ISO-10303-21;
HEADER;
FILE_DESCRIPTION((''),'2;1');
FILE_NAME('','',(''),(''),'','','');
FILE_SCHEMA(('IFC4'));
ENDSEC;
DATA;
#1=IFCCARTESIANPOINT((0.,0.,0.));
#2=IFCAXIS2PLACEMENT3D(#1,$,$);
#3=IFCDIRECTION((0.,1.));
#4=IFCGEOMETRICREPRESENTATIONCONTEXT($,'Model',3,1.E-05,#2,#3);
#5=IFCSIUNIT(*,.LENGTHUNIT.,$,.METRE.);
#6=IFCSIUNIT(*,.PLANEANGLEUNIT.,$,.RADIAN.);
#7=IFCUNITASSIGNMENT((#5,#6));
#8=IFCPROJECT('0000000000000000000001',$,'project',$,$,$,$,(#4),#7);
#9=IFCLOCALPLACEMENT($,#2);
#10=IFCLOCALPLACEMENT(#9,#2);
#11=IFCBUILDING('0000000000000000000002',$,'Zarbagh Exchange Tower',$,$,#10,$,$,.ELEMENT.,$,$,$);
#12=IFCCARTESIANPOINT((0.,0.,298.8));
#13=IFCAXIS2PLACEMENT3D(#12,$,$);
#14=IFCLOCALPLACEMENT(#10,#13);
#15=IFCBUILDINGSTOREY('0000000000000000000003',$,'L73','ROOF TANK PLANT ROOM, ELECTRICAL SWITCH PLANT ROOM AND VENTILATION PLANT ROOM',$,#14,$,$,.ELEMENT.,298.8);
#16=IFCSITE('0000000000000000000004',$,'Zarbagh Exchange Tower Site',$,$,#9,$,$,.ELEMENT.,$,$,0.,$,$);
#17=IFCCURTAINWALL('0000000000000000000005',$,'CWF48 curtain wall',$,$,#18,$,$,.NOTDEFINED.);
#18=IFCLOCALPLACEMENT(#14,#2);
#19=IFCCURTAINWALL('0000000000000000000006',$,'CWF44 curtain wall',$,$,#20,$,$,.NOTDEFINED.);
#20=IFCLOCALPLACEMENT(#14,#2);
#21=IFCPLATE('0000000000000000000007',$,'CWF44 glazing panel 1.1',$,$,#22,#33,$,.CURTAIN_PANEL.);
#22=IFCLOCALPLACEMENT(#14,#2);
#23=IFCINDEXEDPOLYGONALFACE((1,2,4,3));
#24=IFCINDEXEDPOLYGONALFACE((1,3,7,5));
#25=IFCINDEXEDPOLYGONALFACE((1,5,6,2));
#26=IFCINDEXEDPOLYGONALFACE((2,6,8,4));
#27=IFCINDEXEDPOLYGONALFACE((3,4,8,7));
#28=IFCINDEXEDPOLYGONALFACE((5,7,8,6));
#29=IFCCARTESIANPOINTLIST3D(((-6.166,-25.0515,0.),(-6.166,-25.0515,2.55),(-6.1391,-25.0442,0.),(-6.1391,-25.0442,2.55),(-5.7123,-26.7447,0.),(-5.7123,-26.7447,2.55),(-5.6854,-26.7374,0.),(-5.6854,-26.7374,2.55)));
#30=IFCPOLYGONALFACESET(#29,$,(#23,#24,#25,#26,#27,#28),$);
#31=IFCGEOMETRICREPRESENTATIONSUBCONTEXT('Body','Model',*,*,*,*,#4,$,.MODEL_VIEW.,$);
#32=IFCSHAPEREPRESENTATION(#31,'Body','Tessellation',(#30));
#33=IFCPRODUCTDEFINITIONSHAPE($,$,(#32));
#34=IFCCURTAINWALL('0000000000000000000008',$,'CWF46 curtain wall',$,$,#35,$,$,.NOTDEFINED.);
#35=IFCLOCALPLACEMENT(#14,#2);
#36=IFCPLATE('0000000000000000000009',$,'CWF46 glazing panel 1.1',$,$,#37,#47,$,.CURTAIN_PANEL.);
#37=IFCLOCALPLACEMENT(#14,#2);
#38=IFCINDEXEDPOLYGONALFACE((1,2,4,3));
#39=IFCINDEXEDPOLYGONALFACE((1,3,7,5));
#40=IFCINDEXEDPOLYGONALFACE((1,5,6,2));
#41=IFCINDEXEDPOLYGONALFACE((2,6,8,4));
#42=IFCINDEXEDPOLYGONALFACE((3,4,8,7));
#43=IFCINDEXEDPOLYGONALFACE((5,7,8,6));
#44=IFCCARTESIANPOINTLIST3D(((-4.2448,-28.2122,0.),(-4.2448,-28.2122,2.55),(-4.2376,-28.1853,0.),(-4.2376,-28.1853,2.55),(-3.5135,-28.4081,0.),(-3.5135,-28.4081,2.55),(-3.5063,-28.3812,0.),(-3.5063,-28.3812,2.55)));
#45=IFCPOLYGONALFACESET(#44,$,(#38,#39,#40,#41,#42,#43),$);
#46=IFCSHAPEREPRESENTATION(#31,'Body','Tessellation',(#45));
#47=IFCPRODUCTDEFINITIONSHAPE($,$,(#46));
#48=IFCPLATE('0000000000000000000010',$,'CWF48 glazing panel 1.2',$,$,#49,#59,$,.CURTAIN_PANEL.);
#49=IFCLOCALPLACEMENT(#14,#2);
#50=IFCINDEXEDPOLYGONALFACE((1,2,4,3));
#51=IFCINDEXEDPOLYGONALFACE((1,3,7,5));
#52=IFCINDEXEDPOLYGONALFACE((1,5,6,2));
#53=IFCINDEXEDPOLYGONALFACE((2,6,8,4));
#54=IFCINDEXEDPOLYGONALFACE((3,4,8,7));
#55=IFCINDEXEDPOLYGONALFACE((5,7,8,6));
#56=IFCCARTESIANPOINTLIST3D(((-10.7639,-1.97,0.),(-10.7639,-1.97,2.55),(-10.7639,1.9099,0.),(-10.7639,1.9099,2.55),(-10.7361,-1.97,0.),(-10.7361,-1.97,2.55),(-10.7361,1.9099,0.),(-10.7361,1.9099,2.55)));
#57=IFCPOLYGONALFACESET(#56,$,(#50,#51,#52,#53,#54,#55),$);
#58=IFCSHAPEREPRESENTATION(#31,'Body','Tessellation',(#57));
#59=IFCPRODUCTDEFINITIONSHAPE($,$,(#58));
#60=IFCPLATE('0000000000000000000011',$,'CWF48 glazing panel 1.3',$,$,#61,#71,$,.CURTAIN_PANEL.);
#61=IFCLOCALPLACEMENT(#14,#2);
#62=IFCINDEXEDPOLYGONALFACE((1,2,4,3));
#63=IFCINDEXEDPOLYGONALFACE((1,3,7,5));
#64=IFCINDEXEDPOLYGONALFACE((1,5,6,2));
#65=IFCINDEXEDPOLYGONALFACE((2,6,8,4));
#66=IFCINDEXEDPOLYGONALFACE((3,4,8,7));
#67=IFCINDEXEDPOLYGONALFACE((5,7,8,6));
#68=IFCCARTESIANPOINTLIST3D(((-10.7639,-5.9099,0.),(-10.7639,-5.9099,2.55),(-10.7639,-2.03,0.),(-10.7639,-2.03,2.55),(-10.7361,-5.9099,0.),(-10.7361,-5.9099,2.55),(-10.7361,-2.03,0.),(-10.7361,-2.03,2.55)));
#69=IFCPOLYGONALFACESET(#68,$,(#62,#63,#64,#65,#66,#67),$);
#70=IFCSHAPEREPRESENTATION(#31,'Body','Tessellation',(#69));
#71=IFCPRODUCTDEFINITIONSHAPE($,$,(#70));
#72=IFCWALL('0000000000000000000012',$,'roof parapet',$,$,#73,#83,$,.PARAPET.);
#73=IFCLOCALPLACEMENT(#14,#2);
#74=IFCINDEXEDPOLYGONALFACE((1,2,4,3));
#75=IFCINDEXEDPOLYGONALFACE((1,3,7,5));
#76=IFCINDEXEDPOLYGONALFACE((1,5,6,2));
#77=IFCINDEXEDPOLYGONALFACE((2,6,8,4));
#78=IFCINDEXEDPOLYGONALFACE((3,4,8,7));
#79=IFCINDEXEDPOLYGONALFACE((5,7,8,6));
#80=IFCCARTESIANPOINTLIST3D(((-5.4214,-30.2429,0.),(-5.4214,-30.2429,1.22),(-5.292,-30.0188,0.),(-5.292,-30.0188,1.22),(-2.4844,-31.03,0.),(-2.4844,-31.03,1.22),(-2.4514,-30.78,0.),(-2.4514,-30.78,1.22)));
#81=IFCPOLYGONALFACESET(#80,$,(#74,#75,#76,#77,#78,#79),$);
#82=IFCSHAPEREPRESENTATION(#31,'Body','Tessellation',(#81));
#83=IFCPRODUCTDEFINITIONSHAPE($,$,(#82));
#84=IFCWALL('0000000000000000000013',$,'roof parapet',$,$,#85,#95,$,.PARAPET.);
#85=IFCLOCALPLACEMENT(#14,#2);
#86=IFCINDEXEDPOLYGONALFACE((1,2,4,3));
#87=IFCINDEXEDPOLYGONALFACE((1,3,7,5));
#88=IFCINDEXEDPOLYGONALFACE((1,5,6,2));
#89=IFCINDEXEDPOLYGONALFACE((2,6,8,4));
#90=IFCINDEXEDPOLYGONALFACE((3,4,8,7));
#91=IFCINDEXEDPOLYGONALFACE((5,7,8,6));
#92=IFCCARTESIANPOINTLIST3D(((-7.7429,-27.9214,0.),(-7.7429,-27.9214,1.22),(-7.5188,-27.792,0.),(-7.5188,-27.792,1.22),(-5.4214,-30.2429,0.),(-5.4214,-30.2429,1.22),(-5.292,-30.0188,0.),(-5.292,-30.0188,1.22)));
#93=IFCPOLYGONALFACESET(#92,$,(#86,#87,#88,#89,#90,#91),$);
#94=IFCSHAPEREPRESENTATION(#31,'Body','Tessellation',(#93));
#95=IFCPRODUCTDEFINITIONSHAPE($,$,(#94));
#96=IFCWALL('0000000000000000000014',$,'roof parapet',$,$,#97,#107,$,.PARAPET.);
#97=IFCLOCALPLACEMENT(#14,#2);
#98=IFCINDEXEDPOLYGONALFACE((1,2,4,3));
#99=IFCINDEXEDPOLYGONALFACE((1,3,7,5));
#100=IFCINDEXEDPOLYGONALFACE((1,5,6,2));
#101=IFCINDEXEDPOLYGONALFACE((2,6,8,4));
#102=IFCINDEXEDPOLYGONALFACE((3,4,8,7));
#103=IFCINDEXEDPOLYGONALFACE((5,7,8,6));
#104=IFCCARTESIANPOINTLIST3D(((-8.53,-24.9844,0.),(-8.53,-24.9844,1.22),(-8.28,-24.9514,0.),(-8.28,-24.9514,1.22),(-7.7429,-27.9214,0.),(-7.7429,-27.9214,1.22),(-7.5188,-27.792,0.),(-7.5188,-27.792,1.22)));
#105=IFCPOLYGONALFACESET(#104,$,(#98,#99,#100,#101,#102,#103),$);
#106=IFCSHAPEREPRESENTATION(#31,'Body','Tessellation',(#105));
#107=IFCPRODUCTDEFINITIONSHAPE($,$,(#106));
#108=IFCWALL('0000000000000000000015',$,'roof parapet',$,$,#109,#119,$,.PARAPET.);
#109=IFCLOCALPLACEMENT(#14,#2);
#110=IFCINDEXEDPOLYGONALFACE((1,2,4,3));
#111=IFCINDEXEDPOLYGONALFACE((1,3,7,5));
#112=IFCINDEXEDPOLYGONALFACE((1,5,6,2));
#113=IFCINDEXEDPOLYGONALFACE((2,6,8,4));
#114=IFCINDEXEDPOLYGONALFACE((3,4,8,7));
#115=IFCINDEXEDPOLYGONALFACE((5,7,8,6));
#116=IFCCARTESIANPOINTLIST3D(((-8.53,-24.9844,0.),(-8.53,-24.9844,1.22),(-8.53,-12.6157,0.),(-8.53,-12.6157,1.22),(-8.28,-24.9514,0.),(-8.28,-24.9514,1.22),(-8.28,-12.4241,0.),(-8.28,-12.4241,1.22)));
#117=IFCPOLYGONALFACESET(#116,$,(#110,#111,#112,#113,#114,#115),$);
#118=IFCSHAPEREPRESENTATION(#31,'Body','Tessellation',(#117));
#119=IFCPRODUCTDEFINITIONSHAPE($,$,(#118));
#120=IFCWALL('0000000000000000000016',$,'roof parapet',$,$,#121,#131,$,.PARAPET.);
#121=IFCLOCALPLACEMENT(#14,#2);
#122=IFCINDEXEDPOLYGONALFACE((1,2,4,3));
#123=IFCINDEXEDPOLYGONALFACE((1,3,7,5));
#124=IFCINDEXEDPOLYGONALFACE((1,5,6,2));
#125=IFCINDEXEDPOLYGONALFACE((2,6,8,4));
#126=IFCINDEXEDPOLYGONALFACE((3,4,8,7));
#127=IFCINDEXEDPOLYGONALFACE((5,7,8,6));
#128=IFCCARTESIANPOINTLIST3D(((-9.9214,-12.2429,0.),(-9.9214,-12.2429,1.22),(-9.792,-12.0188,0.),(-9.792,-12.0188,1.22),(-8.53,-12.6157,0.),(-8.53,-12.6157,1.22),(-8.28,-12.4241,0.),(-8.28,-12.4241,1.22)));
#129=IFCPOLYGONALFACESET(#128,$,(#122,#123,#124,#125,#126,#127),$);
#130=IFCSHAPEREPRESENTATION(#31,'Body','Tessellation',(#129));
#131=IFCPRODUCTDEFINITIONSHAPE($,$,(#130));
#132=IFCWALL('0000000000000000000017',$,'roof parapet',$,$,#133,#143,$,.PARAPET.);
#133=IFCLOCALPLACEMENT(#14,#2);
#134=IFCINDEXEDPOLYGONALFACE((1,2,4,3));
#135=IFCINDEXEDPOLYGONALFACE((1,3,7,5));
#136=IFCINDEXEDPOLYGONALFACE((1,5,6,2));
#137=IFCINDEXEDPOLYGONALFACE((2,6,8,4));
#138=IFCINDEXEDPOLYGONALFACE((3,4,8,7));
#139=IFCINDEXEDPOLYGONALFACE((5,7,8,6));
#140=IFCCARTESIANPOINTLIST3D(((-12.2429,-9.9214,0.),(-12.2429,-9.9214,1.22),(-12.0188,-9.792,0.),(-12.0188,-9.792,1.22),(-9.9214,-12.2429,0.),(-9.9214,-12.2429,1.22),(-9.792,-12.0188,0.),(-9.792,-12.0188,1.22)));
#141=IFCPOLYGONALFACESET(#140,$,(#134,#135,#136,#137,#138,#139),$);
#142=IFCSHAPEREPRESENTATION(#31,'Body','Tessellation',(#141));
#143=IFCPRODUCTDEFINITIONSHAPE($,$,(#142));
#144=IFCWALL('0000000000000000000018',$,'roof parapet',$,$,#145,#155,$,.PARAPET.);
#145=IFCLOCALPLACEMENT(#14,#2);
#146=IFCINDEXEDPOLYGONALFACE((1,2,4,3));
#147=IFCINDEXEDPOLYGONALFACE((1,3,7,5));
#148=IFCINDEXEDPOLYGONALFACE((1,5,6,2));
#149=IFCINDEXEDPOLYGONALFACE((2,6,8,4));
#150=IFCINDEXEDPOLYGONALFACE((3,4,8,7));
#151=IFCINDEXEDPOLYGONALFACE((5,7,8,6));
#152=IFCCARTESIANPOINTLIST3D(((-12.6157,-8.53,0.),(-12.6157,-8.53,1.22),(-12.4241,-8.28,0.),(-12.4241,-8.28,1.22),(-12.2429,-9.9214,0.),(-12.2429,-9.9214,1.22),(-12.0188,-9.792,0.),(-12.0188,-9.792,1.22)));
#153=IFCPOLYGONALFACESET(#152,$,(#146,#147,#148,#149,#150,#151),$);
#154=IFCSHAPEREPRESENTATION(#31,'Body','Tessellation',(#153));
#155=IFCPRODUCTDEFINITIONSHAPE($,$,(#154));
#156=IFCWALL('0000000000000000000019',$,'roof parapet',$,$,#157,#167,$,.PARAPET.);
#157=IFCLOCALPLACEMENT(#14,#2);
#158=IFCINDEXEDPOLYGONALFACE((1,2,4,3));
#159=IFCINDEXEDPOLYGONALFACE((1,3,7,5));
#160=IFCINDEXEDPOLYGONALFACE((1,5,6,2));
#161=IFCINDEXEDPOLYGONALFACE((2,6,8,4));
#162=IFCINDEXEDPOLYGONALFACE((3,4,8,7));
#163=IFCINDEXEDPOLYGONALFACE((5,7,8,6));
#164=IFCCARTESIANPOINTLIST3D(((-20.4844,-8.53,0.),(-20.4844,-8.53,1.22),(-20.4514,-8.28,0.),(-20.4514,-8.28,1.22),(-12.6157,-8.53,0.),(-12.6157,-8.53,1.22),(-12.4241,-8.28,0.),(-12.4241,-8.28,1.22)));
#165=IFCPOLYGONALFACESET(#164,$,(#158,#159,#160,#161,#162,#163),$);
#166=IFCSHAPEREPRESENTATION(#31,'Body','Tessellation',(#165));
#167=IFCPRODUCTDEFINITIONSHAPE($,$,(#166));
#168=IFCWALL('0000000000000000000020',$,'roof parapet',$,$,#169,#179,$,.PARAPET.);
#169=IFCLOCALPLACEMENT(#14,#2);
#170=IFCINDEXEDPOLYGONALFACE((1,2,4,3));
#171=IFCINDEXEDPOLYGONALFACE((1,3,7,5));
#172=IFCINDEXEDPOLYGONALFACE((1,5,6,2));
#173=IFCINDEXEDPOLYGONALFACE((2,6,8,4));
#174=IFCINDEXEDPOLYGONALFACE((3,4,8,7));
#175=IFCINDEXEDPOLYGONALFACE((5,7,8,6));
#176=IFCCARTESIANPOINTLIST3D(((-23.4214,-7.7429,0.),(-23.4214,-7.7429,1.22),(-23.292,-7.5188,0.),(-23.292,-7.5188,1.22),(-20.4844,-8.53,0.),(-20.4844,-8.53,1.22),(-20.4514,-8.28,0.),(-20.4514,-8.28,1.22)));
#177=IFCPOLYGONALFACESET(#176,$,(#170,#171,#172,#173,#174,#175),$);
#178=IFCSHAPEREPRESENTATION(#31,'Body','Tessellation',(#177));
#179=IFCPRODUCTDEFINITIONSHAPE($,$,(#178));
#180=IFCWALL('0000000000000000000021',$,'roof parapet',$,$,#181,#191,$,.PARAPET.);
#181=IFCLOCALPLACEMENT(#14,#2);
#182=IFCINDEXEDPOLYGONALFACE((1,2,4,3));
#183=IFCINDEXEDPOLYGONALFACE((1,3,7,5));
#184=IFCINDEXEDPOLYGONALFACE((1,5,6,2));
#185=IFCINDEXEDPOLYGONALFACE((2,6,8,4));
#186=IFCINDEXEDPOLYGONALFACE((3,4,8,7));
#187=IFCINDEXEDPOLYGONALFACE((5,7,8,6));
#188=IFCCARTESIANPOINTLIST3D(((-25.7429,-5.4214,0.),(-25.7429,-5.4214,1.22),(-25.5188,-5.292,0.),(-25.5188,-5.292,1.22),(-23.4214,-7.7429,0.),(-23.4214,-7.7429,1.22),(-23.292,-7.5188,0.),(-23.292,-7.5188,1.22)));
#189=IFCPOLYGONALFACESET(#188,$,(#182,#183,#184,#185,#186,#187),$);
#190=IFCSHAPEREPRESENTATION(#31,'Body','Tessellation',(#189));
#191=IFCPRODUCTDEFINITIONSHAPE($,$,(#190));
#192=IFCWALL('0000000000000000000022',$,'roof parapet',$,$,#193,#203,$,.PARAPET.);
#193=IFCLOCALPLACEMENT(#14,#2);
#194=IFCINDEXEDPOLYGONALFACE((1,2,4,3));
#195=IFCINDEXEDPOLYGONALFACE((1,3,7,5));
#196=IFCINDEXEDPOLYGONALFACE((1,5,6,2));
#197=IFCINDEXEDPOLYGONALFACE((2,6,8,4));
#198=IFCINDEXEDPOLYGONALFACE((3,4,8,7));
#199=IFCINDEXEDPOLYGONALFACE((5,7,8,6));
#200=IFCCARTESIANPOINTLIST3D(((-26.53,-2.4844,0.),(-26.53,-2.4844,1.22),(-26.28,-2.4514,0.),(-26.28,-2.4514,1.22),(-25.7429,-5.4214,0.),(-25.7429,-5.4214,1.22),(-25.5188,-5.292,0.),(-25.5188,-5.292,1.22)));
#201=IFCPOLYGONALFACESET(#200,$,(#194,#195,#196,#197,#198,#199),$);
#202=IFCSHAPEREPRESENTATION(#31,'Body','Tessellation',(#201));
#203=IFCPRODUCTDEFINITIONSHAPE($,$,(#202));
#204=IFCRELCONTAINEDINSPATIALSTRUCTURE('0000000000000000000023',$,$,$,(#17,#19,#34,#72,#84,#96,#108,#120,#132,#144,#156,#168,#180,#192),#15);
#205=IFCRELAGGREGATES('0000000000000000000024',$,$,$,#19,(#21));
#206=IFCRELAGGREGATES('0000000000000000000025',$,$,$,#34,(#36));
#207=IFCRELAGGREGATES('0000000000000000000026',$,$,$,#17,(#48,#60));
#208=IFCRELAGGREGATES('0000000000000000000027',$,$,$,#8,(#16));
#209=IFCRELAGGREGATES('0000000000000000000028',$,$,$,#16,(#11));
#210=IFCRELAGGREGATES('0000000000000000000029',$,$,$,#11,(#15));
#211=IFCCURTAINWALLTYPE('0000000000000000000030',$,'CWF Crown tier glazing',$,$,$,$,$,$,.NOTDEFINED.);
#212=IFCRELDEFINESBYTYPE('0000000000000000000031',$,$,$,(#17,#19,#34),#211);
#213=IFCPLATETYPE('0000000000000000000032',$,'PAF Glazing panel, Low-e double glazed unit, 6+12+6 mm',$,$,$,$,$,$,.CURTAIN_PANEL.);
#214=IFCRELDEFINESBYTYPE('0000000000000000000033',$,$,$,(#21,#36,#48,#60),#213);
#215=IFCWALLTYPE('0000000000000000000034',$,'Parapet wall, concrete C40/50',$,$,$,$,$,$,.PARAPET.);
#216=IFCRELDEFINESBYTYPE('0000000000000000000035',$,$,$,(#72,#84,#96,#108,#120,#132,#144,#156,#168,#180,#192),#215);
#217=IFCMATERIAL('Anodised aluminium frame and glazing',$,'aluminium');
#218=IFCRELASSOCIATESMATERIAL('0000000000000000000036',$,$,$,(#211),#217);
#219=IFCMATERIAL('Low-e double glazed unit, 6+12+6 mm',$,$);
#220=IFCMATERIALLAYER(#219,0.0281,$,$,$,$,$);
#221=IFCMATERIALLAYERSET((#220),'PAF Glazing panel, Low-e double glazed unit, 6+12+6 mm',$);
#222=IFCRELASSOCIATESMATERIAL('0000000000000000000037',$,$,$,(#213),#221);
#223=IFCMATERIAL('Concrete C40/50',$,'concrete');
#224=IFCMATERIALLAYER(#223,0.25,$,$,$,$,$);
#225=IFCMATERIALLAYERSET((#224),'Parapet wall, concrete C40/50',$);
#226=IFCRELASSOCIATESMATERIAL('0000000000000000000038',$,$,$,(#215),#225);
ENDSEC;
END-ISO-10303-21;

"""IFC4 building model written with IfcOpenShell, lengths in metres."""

from ifc_helpers import new_model, si_unit, direction, frame, origin, place, context, subcontext, project, spatial, polyline, outline, extrude, source, transform, mapped, material, layer, layer_set, type_object, element, aggregate, save


model = new_model("IFC4")

# Units and contexts
model_context = context("Model", 3, precision=1e-05, world=origin(), true_north=direction((0.0, 1.0)))
body_context = subcontext(model_context, "Body", "Model", "MODEL_VIEW")
ifc_project = project(units=[si_unit("LENGTHUNIT", "METRE"), si_unit("PLANEANGLEUNIT", "RADIAN")], contexts=[model_context])

# Site, building, storey
site_placement = place(None, origin())
site = spatial("IfcSite", under=ifc_project, at=site_placement, Name="Zarbagh Exchange Tower Site", CompositionType="ELEMENT", RefElevation=0.0)
building_placement = place(site_placement, origin())
building = spatial("IfcBuilding", under=site, at=building_placement, Name="Zarbagh Exchange Tower", CompositionType="ELEMENT")
storey_placement = place(building_placement, frame((0.0, 0.0, 298.8)))
storey = spatial("IfcBuildingStorey", under=building, at=storey_placement, Name="L73", Description="ROOF TANK PLANT ROOM, ELECTRICAL SWITCH PLANT ROOM AND VENTILATION PLANT ROOM", CompositionType="ELEMENT", Elevation=298.8)

# Curtain wall
ifc_material_1 = material(Name="Anodised aluminium frame and glazing", Category="aluminium")
curtain_wall_type = type_object("IfcCurtainWallType", Name="CWF Crown tier glazing", PredefinedType="NOTDEFINED", material=ifc_material_1)
placement = place(storey_placement, origin())
curtain_wall_1_placement = place(storey_placement, origin())
curtain_wall_1 = element("IfcCurtainWall", 1, at=curtain_wall_1_placement, inside=storey, type_object=curtain_wall_type, Name="CWF48 curtain wall", PredefinedType="NOTDEFINED")

# Curtain wall
curtain_wall_2_placement = place(storey_placement, origin())
curtain_wall_2 = element("IfcCurtainWall", 2, at=curtain_wall_2_placement, inside=storey, type_object=curtain_wall_type, Name="CWF44 curtain wall", PredefinedType="NOTDEFINED")

# Shared definitions
ifc_material_2 = material(Name="Low-e double glazed unit, 6+12+6 mm")
ifc_layer_1 = layer(ifc_material_2, 0.0281)
ifc_layer_set_1 = layer_set([ifc_layer_1], Name="PAF Glazing panel, Low-e double glazed unit, 6+12+6 mm")
plate_type = type_object("IfcPlateType", Name="PAF Glazing panel, Low-e double glazed unit, 6+12+6 mm", PredefinedType="CURTAIN_PANEL", material=ifc_layer_set_1)

# Plate
shared_shape_1 = source(origin(), body_context, "Body", "SweptSolid", [
    extrude(outline(polyline([(0.0, -0.0139), (1.7529, -0.0139), (1.7529, 0.0139), (0.0, 0.0139), (0.0, -0.0139)])), origin(), (0.0, 0.0, 1.0), 2.55),
])
plate_1 = element("IfcPlate", 3, at=placement, type_object=plate_type, Name="CWF44 glazing panel 1.1", PredefinedType="CURTAIN_PANEL", context=body_context, shape_type="MappedRepresentation", body=[
    mapped(shared_shape_1, transform((-6.1526, -25.0479, 0.0), x_axis=(0.258825, -0.965924, 0.0), y_axis=(0.965924, 0.258825, 0.0), z_axis=(0.0, 0.0, 1.0))),
])
aggregate(curtain_wall_2, [plate_1])

# Curtain wall, plate
curtain_wall_3_placement = place(storey_placement, origin())
curtain_wall_3 = element("IfcCurtainWall", 4, at=curtain_wall_3_placement, inside=storey, type_object=curtain_wall_type, Name="CWF46 curtain wall", PredefinedType="NOTDEFINED")
shared_shape_2 = source(origin(), body_context, "Body", "SweptSolid", [
    extrude(outline(polyline([(0.0, -0.0139), (0.7571, -0.0139), (0.7571, 0.0139), (0.0, 0.0139), (0.0, -0.0139)])), origin(), (0.0, 0.0, 1.0), 2.55),
])
plate_2 = element("IfcPlate", 5, at=placement, type_object=plate_type, Name="CWF46 glazing panel 1.1", PredefinedType="CURTAIN_PANEL", context=body_context, shape_type="MappedRepresentation", body=[
    mapped(shared_shape_2, transform((-4.2412, -28.1987, 0.0), x_axis=(0.965924, -0.258825, 0.0), y_axis=(0.258825, 0.965924, 0.0), z_axis=(0.0, 0.0, 1.0))),
])
aggregate(curtain_wall_3, [plate_2])

# Plates
shared_shape_3 = source(origin(), body_context, "Body", "SweptSolid", [
    extrude(outline(polyline([(0.0, -0.0139), (3.8799, -0.0139), (3.8799, 0.0139), (0.0, 0.0139), (0.0, -0.0139)])), origin(), (0.0, 0.0, 1.0), 2.55),
])
plate_3 = element("IfcPlate", 6, at=placement, type_object=plate_type, Name="CWF48 glazing panel 1.2", PredefinedType="CURTAIN_PANEL", context=body_context, shape_type="MappedRepresentation", body=[
    mapped(shared_shape_3, transform((-10.75, 1.9099, 0.0), x_axis=(0.0, -1.0, 0.0), y_axis=(1.0, 0.0, 0.0), z_axis=(0.0, 0.0, 1.0))),
])
plate_4 = element("IfcPlate", 7, at=placement, type_object=plate_type, Name="CWF48 glazing panel 1.3", PredefinedType="CURTAIN_PANEL", context=body_context, shape_type="MappedRepresentation", body=[
    mapped(shared_shape_3, transform((-10.75, -2.03, 0.0), x_axis=(0.0, -1.0, 0.0), y_axis=(1.0, 0.0, 0.0), z_axis=(0.0, 0.0, 1.0))),
])
aggregate(curtain_wall_1, [plate_3, plate_4])

# Walls
ifc_material_3 = material(Name="Concrete C40/50", Category="concrete")
ifc_layer_2 = layer(ifc_material_3, 0.25)
ifc_layer_set_2 = layer_set([ifc_layer_2], Name="Parapet wall, concrete C40/50")
wall_type = type_object("IfcWallType", Name="Parapet wall, concrete C40/50", PredefinedType="PARAPET", material=ifc_layer_set_2)
wall_1_placement = place(storey_placement, origin())
element("IfcWall", 8, at=wall_1_placement, inside=storey, type_object=wall_type, Name="roof parapet", PredefinedType="PARAPET", context=body_context, shape_type="SweptSolid", body=[
    extrude(outline(polyline([(-2.4844, -31.03), (-5.4214, -30.2429), (-5.292, -30.0188), (-2.4514, -30.78), (-2.4844, -31.03)])), origin(), (0.0, 0.0, 1.0), 1.22),
])
wall_2_placement = place(storey_placement, origin())
element("IfcWall", 9, at=wall_2_placement, inside=storey, type_object=wall_type, Name="roof parapet", PredefinedType="PARAPET", context=body_context, shape_type="SweptSolid", body=[
    extrude(outline(polyline([(-5.4214, -30.2429), (-7.7429, -27.9214), (-7.5188, -27.792), (-5.292, -30.0188), (-5.4214, -30.2429)])), origin(), (0.0, 0.0, 1.0), 1.22),
])
wall_3_placement = place(storey_placement, origin())
element("IfcWall", 10, at=wall_3_placement, inside=storey, type_object=wall_type, Name="roof parapet", PredefinedType="PARAPET", context=body_context, shape_type="SweptSolid", body=[
    extrude(outline(polyline([(-7.7429, -27.9214), (-8.53, -24.9844), (-8.28, -24.9514), (-7.5188, -27.792), (-7.7429, -27.9214)])), origin(), (0.0, 0.0, 1.0), 1.22),
])
wall_4_placement = place(storey_placement, origin())
element("IfcWall", 11, at=wall_4_placement, inside=storey, type_object=wall_type, Name="roof parapet", PredefinedType="PARAPET", context=body_context, shape_type="SweptSolid", body=[
    extrude(outline(polyline([(-8.53, -24.9844), (-8.53, -12.6157), (-8.28, -12.4241), (-8.28, -24.9514), (-8.53, -24.9844)])), origin(), (0.0, 0.0, 1.0), 1.22),
])
wall_5_placement = place(storey_placement, origin())
element("IfcWall", 12, at=wall_5_placement, inside=storey, type_object=wall_type, Name="roof parapet", PredefinedType="PARAPET", context=body_context, shape_type="SweptSolid", body=[
    extrude(outline(polyline([(-8.53, -12.6157), (-9.9214, -12.2429), (-9.792, -12.0188), (-8.28, -12.4241), (-8.53, -12.6157)])), origin(), (0.0, 0.0, 1.0), 1.22),
])
wall_6_placement = place(storey_placement, origin())
element("IfcWall", 13, at=wall_6_placement, inside=storey, type_object=wall_type, Name="roof parapet", PredefinedType="PARAPET", context=body_context, shape_type="SweptSolid", body=[
    extrude(outline(polyline([(-9.9214, -12.2429), (-12.2429, -9.9214), (-12.0188, -9.792), (-9.792, -12.0188), (-9.9214, -12.2429)])), origin(), (0.0, 0.0, 1.0), 1.22),
])
wall_7_placement = place(storey_placement, origin())
element("IfcWall", 14, at=wall_7_placement, inside=storey, type_object=wall_type, Name="roof parapet", PredefinedType="PARAPET", context=body_context, shape_type="SweptSolid", body=[
    extrude(outline(polyline([(-12.2429, -9.9214), (-12.6157, -8.53), (-12.4241, -8.28), (-12.0188, -9.792), (-12.2429, -9.9214)])), origin(), (0.0, 0.0, 1.0), 1.22),
])
wall_8_placement = place(storey_placement, origin())
element("IfcWall", 15, at=wall_8_placement, inside=storey, type_object=wall_type, Name="roof parapet", PredefinedType="PARAPET", context=body_context, shape_type="SweptSolid", body=[
    extrude(outline(polyline([(-12.6157, -8.53), (-20.4844, -8.53), (-20.4514, -8.28), (-12.4241, -8.28), (-12.6157, -8.53)])), origin(), (0.0, 0.0, 1.0), 1.22),
])
wall_9_placement = place(storey_placement, origin())
element("IfcWall", 16, at=wall_9_placement, inside=storey, type_object=wall_type, Name="roof parapet", PredefinedType="PARAPET", context=body_context, shape_type="SweptSolid", body=[
    extrude(outline(polyline([(-20.4844, -8.53), (-23.4214, -7.7429), (-23.292, -7.5188), (-20.4514, -8.28), (-20.4844, -8.53)])), origin(), (0.0, 0.0, 1.0), 1.22),
])
wall_10_placement = place(storey_placement, origin())
element("IfcWall", 17, at=wall_10_placement, inside=storey, type_object=wall_type, Name="roof parapet", PredefinedType="PARAPET", context=body_context, shape_type="SweptSolid", body=[
    extrude(outline(polyline([(-23.4214, -7.7429), (-25.7429, -5.4214), (-25.5188, -5.292), (-23.292, -7.5188), (-23.4214, -7.7429)])), origin(), (0.0, 0.0, 1.0), 1.22),
])
wall_11_placement = place(storey_placement, origin())
element("IfcWall", 18, at=wall_11_placement, inside=storey, type_object=wall_type, Name="roof parapet", PredefinedType="PARAPET", context=body_context, shape_type="SweptSolid", body=[
    extrude(outline(polyline([(-25.7429, -5.4214), (-26.53, -2.4844), (-26.28, -2.4514), (-25.5188, -5.292), (-25.7429, -5.4214)])), origin(), (0.0, 0.0, 1.0), 1.22),
])

save(model, "model.ifc")
